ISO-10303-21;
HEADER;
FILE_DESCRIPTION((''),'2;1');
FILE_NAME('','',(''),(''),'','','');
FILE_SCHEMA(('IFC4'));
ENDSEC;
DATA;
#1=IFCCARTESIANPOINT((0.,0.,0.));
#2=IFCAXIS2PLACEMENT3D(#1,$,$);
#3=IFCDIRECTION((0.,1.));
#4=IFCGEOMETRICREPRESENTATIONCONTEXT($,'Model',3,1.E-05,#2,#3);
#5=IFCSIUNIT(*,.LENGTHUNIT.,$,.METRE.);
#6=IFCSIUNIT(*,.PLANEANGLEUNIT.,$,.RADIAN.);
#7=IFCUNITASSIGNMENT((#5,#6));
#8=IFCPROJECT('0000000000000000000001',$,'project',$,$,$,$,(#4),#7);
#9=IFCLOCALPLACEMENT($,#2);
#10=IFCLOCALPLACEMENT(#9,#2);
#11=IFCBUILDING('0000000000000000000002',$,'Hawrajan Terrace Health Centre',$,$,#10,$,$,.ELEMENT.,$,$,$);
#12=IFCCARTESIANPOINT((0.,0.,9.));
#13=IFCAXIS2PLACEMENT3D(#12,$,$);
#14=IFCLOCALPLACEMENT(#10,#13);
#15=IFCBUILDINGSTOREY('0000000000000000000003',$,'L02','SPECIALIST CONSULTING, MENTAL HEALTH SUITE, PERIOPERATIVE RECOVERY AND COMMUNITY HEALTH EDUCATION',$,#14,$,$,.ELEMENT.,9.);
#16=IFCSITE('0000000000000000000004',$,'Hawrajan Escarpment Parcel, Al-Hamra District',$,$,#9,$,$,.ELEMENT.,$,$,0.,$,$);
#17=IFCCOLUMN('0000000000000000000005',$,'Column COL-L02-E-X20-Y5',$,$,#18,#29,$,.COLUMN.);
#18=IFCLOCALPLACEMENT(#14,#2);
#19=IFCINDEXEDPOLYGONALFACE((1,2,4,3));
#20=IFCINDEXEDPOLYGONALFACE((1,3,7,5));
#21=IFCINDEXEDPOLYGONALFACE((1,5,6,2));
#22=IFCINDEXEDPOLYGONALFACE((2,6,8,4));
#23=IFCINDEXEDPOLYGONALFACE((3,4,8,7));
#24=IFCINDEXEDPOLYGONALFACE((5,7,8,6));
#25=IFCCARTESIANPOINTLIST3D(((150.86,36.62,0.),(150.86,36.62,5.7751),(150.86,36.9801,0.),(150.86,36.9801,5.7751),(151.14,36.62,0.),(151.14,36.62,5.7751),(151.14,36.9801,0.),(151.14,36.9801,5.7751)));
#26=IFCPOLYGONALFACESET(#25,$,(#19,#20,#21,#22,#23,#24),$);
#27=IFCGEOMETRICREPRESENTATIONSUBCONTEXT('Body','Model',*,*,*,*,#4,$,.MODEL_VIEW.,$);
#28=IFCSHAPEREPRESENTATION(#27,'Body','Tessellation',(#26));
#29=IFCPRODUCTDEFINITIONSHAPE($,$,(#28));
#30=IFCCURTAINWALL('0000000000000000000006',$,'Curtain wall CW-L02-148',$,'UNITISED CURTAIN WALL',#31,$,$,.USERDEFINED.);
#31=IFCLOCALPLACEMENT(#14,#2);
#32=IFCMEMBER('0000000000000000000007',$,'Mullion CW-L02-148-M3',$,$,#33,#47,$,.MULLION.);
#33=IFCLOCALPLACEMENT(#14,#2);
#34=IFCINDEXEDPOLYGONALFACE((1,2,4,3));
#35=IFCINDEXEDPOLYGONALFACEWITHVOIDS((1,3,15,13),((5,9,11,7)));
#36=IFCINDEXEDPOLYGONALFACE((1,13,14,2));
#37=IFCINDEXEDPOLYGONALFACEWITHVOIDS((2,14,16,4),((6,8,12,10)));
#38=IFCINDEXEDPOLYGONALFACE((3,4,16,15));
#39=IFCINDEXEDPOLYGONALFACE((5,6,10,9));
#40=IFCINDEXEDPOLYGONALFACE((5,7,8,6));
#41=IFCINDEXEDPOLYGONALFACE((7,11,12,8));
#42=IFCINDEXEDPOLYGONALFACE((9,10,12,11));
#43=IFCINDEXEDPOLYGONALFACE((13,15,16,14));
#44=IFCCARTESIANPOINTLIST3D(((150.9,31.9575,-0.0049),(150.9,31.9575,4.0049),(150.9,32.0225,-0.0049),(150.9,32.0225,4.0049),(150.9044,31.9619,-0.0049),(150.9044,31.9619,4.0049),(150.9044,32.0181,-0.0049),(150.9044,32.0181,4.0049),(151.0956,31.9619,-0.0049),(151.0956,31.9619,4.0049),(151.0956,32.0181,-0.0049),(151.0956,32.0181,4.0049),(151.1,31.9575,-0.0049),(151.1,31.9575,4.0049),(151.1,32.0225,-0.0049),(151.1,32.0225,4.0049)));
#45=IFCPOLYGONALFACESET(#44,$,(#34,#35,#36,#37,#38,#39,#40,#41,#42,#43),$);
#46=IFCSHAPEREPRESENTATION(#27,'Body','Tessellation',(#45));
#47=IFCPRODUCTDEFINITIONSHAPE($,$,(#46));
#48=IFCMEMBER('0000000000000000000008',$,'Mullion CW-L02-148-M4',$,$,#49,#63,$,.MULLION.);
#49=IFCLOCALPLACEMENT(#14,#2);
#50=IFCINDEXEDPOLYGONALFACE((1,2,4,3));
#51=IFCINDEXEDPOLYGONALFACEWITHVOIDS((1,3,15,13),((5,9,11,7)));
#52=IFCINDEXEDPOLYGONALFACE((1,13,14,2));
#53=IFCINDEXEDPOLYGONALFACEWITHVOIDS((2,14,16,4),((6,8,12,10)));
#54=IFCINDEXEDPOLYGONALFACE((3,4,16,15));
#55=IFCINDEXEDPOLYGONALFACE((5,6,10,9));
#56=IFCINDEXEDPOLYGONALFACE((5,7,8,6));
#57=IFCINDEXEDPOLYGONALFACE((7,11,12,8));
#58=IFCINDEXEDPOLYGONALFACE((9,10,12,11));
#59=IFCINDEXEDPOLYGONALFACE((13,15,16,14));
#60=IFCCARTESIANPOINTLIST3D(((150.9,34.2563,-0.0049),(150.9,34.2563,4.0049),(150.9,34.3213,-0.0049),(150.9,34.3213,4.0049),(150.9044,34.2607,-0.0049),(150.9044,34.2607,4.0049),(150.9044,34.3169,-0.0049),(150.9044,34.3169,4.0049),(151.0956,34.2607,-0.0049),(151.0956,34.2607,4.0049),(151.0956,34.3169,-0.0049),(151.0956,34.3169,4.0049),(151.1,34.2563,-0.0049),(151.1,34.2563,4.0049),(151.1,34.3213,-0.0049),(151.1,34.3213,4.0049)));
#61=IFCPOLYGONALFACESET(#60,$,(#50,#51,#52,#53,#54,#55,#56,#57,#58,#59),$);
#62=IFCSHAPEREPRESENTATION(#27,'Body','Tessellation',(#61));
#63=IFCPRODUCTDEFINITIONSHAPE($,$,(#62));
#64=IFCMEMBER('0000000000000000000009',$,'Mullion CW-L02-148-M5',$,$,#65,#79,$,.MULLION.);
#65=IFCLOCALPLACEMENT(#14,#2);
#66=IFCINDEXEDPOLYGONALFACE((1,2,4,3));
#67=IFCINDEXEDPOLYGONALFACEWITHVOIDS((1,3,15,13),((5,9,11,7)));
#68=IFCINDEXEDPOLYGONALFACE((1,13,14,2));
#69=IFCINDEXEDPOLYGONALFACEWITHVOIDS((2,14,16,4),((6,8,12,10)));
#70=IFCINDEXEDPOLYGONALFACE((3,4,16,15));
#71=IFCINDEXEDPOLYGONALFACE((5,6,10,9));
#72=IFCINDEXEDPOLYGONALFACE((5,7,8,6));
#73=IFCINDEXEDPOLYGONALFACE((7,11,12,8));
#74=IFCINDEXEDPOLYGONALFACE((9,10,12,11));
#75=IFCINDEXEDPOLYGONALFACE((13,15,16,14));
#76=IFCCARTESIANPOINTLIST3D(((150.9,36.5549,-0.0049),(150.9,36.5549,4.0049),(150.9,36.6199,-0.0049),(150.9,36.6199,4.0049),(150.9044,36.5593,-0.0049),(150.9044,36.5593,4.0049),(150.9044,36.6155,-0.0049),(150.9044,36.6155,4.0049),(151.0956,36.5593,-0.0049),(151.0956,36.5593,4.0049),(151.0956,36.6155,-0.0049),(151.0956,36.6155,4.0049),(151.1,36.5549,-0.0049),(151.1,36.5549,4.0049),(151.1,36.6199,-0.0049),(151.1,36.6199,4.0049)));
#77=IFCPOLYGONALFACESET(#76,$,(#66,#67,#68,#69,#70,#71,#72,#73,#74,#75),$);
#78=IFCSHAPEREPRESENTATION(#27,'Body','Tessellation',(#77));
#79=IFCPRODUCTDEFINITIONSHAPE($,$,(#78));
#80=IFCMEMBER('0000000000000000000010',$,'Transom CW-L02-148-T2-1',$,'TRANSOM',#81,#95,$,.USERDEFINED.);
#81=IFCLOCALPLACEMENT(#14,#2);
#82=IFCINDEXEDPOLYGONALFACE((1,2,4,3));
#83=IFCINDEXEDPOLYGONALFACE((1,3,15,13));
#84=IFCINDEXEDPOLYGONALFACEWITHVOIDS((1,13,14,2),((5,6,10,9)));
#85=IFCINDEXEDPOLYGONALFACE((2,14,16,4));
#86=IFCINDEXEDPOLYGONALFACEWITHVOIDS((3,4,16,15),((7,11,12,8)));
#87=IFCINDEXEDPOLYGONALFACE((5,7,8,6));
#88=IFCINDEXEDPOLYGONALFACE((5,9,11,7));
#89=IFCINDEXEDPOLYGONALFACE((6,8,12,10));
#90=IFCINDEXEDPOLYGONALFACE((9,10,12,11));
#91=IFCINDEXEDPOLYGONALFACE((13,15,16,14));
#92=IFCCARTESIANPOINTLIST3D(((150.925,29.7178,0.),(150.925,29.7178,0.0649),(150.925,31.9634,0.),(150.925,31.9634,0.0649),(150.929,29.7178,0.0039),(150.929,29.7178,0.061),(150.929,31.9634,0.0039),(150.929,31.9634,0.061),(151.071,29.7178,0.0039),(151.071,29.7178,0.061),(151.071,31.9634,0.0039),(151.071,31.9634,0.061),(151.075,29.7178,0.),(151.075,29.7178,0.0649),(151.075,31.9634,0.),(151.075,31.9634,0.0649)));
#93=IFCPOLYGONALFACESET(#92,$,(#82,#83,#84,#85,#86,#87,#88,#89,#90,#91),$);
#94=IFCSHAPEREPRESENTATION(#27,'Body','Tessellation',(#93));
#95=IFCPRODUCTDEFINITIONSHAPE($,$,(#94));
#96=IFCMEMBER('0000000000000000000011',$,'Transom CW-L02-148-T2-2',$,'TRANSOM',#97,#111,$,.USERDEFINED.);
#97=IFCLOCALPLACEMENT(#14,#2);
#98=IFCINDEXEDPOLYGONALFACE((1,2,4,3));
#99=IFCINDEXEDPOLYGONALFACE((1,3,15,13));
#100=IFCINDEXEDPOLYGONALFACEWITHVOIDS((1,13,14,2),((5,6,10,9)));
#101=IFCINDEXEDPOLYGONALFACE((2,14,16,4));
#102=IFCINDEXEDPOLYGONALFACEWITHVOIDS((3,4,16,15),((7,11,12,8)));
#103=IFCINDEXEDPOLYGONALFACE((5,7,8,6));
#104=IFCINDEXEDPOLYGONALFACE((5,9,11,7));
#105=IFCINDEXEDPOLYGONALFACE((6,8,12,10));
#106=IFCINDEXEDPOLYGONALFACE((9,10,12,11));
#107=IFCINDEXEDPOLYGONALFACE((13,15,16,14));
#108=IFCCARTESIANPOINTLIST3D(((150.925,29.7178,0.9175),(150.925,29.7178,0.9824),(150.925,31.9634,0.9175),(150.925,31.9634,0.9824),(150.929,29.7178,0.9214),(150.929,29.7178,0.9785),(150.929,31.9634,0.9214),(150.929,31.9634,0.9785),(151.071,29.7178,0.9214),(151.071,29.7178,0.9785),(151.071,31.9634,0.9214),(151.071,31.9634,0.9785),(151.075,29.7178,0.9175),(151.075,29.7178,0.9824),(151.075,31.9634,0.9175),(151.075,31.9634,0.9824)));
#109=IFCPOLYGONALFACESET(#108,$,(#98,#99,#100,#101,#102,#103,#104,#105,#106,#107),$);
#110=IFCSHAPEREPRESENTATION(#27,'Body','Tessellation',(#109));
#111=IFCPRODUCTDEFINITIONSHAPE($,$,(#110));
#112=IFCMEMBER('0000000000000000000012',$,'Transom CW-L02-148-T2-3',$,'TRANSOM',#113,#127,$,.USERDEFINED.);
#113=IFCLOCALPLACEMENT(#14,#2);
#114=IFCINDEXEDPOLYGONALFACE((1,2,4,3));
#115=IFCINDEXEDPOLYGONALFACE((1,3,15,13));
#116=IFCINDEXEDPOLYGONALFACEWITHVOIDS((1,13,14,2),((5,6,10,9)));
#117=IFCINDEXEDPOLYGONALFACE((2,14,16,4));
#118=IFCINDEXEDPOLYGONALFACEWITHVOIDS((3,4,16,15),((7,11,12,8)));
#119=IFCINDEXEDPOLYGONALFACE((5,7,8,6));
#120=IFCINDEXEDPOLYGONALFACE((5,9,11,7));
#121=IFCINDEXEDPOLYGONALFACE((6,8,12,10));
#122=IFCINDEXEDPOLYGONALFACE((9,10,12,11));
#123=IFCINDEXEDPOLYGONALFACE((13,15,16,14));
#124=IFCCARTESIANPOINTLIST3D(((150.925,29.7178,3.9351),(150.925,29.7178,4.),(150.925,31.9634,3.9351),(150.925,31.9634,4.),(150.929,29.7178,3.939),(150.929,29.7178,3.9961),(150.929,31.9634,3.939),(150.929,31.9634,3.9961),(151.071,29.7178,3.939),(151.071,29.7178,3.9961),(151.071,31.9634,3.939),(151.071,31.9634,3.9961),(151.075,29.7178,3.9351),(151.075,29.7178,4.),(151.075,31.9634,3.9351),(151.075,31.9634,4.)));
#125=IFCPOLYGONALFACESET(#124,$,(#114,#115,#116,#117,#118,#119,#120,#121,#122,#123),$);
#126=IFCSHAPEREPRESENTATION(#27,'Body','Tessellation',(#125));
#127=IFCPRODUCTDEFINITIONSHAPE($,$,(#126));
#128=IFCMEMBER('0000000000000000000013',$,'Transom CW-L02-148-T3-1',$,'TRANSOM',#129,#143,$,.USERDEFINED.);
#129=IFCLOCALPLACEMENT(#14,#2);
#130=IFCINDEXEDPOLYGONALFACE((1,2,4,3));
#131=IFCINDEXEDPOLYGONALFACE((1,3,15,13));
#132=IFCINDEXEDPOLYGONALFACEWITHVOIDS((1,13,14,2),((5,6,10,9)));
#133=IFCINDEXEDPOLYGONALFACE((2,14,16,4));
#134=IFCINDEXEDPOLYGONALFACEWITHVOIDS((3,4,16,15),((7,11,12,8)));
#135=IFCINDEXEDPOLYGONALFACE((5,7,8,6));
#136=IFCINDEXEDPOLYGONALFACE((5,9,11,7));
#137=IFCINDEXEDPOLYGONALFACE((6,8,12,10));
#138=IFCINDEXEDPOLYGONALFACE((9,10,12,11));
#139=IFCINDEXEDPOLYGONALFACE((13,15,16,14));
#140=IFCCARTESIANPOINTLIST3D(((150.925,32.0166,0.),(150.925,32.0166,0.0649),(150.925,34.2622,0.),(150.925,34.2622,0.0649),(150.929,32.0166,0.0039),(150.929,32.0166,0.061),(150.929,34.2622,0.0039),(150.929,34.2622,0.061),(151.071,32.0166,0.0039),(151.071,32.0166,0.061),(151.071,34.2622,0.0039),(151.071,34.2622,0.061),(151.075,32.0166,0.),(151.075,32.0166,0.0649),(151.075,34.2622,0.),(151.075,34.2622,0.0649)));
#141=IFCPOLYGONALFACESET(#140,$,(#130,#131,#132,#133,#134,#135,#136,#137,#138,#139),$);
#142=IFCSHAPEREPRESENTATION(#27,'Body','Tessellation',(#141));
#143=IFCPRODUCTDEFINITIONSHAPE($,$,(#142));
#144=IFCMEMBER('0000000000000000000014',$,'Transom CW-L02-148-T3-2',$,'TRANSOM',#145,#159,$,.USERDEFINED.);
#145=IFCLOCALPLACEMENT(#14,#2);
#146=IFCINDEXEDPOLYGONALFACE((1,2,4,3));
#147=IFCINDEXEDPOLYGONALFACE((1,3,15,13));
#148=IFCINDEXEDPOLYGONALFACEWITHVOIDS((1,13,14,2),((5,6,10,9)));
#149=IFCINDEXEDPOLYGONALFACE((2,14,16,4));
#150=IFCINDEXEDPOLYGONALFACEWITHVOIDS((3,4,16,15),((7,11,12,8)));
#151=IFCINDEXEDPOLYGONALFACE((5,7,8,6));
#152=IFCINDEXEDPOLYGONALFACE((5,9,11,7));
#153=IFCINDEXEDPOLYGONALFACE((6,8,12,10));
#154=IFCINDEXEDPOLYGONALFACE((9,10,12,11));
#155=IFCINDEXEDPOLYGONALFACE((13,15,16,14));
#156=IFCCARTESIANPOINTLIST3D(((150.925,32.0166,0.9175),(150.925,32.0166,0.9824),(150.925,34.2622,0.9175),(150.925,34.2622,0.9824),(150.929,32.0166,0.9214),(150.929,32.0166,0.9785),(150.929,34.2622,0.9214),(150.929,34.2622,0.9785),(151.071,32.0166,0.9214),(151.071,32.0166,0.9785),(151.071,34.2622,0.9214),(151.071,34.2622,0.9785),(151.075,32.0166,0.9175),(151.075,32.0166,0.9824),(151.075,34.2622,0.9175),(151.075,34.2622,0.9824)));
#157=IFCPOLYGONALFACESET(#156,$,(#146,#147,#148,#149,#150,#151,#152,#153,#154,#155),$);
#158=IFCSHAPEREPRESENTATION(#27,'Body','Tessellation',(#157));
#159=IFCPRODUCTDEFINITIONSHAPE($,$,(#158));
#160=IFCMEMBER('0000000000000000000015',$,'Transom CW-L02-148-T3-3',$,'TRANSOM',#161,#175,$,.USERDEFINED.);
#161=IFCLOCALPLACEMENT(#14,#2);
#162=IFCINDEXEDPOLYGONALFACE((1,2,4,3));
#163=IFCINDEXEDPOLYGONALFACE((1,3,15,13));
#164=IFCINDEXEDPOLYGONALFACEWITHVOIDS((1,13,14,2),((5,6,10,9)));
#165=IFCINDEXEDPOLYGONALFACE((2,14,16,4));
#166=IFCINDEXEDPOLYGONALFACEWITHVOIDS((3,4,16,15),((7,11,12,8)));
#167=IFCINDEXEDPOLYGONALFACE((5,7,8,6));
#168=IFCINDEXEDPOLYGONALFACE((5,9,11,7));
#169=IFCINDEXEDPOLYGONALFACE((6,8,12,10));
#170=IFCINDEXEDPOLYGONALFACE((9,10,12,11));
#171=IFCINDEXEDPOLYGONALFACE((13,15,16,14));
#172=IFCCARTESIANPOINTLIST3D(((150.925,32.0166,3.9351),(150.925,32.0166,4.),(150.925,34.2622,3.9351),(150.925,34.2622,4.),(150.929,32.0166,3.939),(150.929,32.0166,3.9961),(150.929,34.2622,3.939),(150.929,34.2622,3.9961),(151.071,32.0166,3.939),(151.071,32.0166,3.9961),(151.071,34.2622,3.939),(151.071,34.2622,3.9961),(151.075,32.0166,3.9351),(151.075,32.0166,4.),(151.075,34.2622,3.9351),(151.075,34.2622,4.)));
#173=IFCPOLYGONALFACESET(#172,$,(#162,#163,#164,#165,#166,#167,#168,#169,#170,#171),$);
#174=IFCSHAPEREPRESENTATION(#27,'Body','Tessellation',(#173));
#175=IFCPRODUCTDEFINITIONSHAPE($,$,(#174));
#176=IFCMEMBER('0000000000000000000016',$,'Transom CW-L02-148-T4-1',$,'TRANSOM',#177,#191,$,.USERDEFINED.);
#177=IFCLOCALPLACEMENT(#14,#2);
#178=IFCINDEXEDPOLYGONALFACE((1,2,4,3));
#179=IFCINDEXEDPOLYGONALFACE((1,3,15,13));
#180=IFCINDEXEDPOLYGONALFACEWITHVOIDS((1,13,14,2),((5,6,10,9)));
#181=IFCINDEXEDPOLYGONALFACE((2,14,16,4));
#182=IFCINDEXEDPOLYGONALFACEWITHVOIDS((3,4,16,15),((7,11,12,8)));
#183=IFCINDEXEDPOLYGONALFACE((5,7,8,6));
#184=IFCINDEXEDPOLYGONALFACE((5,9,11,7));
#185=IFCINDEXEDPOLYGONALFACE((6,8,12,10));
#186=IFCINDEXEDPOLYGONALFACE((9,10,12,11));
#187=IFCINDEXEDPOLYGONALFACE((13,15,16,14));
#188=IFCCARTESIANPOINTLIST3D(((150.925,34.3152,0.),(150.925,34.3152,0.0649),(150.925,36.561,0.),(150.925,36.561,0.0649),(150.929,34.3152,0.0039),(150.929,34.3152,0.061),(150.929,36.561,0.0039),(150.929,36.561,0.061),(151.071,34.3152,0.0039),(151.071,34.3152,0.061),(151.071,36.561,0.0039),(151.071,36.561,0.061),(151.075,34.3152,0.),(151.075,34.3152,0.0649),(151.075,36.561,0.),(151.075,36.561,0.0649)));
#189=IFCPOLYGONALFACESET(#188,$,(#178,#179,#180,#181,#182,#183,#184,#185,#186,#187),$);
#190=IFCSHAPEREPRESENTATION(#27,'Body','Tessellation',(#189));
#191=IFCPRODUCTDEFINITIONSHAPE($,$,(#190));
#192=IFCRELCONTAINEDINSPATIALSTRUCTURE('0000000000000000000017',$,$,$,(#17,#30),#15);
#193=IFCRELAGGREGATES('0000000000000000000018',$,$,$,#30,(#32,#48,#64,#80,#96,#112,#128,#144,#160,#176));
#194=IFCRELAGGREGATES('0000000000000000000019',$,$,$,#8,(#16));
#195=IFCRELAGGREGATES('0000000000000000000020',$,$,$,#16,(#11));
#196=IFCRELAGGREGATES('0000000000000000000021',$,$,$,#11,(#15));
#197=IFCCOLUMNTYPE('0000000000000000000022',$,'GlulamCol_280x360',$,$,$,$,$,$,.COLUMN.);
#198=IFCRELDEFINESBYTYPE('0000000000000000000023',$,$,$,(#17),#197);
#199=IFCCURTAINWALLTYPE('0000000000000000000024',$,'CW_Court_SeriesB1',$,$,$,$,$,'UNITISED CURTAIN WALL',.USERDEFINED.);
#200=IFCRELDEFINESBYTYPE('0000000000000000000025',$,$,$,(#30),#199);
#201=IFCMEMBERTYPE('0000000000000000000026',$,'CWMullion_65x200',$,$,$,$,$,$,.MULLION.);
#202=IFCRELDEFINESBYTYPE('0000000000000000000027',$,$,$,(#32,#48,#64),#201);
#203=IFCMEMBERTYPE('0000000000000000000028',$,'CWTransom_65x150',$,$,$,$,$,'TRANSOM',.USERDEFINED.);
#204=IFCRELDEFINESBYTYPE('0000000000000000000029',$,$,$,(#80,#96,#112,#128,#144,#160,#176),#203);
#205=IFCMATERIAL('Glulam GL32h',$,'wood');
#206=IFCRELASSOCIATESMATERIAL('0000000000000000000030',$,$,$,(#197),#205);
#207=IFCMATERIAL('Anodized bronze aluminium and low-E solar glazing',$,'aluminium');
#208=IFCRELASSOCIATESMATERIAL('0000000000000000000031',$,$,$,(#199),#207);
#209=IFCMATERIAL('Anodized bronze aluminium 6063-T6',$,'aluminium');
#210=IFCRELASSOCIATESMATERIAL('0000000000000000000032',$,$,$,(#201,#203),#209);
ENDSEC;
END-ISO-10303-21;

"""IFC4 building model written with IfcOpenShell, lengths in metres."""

from ifc_helpers import new_model, si_unit, direction, frame, origin, origin_2d, place, context, subcontext, project, spatial, rectangle, hollow_rectangle, extrude, material, material_profile, profile_set, type_object, element, aggregate, save


model = new_model("IFC4")

# Units and contexts
model_context = context("Model", 3, precision=1e-05, world=origin(), true_north=direction((0.0, 1.0)))
body_context = subcontext(model_context, "Body", "Model", "MODEL_VIEW")
ifc_project = project(units=[si_unit("LENGTHUNIT", "METRE"), si_unit("PLANEANGLEUNIT", "RADIAN")], contexts=[model_context])

# Site, building, storey
site_placement = place(None, origin())
site = spatial("IfcSite", under=ifc_project, at=site_placement, Name="Hawrajan Escarpment Parcel, Al-Hamra District", CompositionType="ELEMENT", RefElevation=0.0)
building_placement = place(site_placement, origin())
building = spatial("IfcBuilding", under=site, at=building_placement, Name="Hawrajan Terrace Health Centre", CompositionType="ELEMENT")
storey_placement = place(building_placement, frame((0.0, 0.0, 9.0)))
storey = spatial("IfcBuildingStorey", under=building, at=storey_placement, Name="L02", Description="SPECIALIST CONSULTING, MENTAL HEALTH SUITE, PERIOPERATIVE RECOVERY AND COMMUNITY HEALTH EDUCATION", CompositionType="ELEMENT", Elevation=9.0)

# Column
ifc_material_1 = material(Name="Glulam GL32h", Category="wood")
ifc_material_profile_1 = material_profile(ifc_material_1, rectangle(XDim=0.28, YDim=0.3601, at=origin_2d()), Name="GL 280x360")
ifc_profile_set_1 = profile_set([ifc_material_profile_1], Name="Glulam GL32h")
column_type = type_object("IfcColumnType", Name="GlulamCol_280x360", PredefinedType="COLUMN", material=ifc_profile_set_1)
column_placement = place(storey_placement, frame((151.0, 36.8, 0.0), z_axis=(0.0, 0.0, 1.0), x_axis=(1.0, 0.0, 0.0)))
element("IfcColumn", 1, at=column_placement, inside=storey, type_object=column_type, Name="Column COL-L02-E-X20-Y5", PredefinedType="COLUMN", context=body_context, shape_type="SweptSolid", body=[
    extrude(rectangle(XDim=0.28, YDim=0.3601, at=origin_2d()), origin(), (0.0, 0.0, 1.0), 5.7751),
])

# Curtain wall, members
ifc_material_2 = material(Name="Anodized bronze aluminium and low-E solar glazing", Category="aluminium")
curtain_wall_type = type_object("IfcCurtainWallType", Name="CW_Court_SeriesB1", ElementType="UNITISED CURTAIN WALL", PredefinedType="USERDEFINED", material=ifc_material_2)
curtain_wall_placement = place(storey_placement, origin())
curtain_wall = element("IfcCurtainWall", 2, at=curtain_wall_placement, inside=storey, type_object=curtain_wall_type, Name="Curtain wall CW-L02-148", ObjectType="UNITISED CURTAIN WALL", PredefinedType="USERDEFINED")
ifc_material_3 = material(Name="Anodized bronze aluminium 6063-T6", Category="aluminium")
ifc_material_profile_2 = material_profile(ifc_material_3, hollow_rectangle(XDim=0.0649, YDim=0.2, WallThickness=0.0044, at=origin_2d()), Name="CW MUL 65x200")
ifc_profile_set_2 = profile_set([ifc_material_profile_2], Name="Anodized bronze aluminium 6063-T6")
member_type_1 = type_object("IfcMemberType", Name="CWMullion_65x200", PredefinedType="MULLION", material=ifc_profile_set_2)
member_1_placement = place(storey_placement, frame((151.0, 31.99, -0.0049), z_axis=(0.0, 0.0, 1.0), x_axis=(0.0, 1.0, 0.0)))
member_1 = element("IfcMember", 3, at=member_1_placement, type_object=member_type_1, Name="Mullion CW-L02-148-M3", PredefinedType="MULLION", context=body_context, shape_type="SweptSolid", body=[
    extrude(hollow_rectangle(XDim=0.0649, YDim=0.2, WallThickness=0.0044, at=origin_2d()), origin(), (0.0, 0.0, 1.0), 4.0098),
])
member_2_placement = place(storey_placement, frame((151.0, 34.2888, -0.0049), z_axis=(0.0, 0.0, 1.0), x_axis=(0.0, 1.0, 0.0)))
member_2 = element("IfcMember", 4, at=member_2_placement, type_object=member_type_1, Name="Mullion CW-L02-148-M4", PredefinedType="MULLION", context=body_context, shape_type="SweptSolid", body=[
    extrude(hollow_rectangle(XDim=0.0649, YDim=0.2, WallThickness=0.0044, at=origin_2d()), origin(), (0.0, 0.0, 1.0), 4.0098),
])
member_3_placement = place(storey_placement, frame((151.0, 36.5874, -0.0049), z_axis=(0.0, 0.0, 1.0), x_axis=(0.0, 1.0, 0.0)))
member_3 = element("IfcMember", 5, at=member_3_placement, type_object=member_type_1, Name="Mullion CW-L02-148-M5", PredefinedType="MULLION", context=body_context, shape_type="SweptSolid", body=[
    extrude(hollow_rectangle(XDim=0.0649, YDim=0.2, WallThickness=0.0044, at=origin_2d()), origin(), (0.0, 0.0, 1.0), 4.0098),
])
ifc_material_profile_3 = material_profile(ifc_material_3, hollow_rectangle(XDim=0.0649, YDim=0.1499, WallThickness=0.0039, at=origin_2d()), Name="CW TRN 65x150")
ifc_profile_set_3 = profile_set([ifc_material_profile_3], Name="Anodized bronze aluminium 6063-T6")
member_type_2 = type_object("IfcMemberType", Name="CWTransom_65x150", ElementType="TRANSOM", PredefinedType="USERDEFINED", material=ifc_profile_set_3)
member_4_placement = place(storey_placement, frame((151.0, 29.7178, 0.0325), z_axis=(0.0, 1.0, 0.0), x_axis=(0.0, 0.0, 1.0)))
member_4 = element("IfcMember", 6, at=member_4_placement, type_object=member_type_2, Name="Transom CW-L02-148-T2-1", ObjectType="TRANSOM", PredefinedType="USERDEFINED", context=body_context, shape_type="SweptSolid", body=[
    extrude(hollow_rectangle(XDim=0.0649, YDim=0.1499, WallThickness=0.0039, at=origin_2d()), origin(), (0.0, 0.0, 1.0), 2.2456),
])
member_5_placement = place(storey_placement, frame((151.0, 29.7178, 0.95), z_axis=(0.0, 1.0, 0.0), x_axis=(0.0, 0.0, 1.0)))
member_5 = element("IfcMember", 7, at=member_5_placement, type_object=member_type_2, Name="Transom CW-L02-148-T2-2", ObjectType="TRANSOM", PredefinedType="USERDEFINED", context=body_context, shape_type="SweptSolid", body=[
    extrude(hollow_rectangle(XDim=0.0649, YDim=0.1499, WallThickness=0.0039, at=origin_2d()), origin(), (0.0, 0.0, 1.0), 2.2456),
])
member_6_placement = place(storey_placement, frame((151.0, 29.7178, 3.9675), z_axis=(0.0, 1.0, 0.0), x_axis=(0.0, 0.0, 1.0)))
member_6 = element("IfcMember", 8, at=member_6_placement, type_object=member_type_2, Name="Transom CW-L02-148-T2-3", ObjectType="TRANSOM", PredefinedType="USERDEFINED", context=body_context, shape_type="SweptSolid", body=[
    extrude(hollow_rectangle(XDim=0.0649, YDim=0.1499, WallThickness=0.0039, at=origin_2d()), origin(), (0.0, 0.0, 1.0), 2.2456),
])
member_7_placement = place(storey_placement, frame((151.0, 32.0166, 0.0325), z_axis=(0.0, 1.0, 0.0), x_axis=(0.0, 0.0, 1.0)))
member_7 = element("IfcMember", 9, at=member_7_placement, type_object=member_type_2, Name="Transom CW-L02-148-T3-1", ObjectType="TRANSOM", PredefinedType="USERDEFINED", context=body_context, shape_type="SweptSolid", body=[
    extrude(hollow_rectangle(XDim=0.0649, YDim=0.1499, WallThickness=0.0039, at=origin_2d()), origin(), (0.0, 0.0, 1.0), 2.2456),
])
member_8_placement = place(storey_placement, frame((151.0, 32.0166, 0.95), z_axis=(0.0, 1.0, 0.0), x_axis=(0.0, 0.0, 1.0)))
member_8 = element("IfcMember", 10, at=member_8_placement, type_object=member_type_2, Name="Transom CW-L02-148-T3-2", ObjectType="TRANSOM", PredefinedType="USERDEFINED", context=body_context, shape_type="SweptSolid", body=[
    extrude(hollow_rectangle(XDim=0.0649, YDim=0.1499, WallThickness=0.0039, at=origin_2d()), origin(), (0.0, 0.0, 1.0), 2.2456),
])
member_9_placement = place(storey_placement, frame((151.0, 32.0166, 3.9675), z_axis=(0.0, 1.0, 0.0), x_axis=(0.0, 0.0, 1.0)))
member_9 = element("IfcMember", 11, at=member_9_placement, type_object=member_type_2, Name="Transom CW-L02-148-T3-3", ObjectType="TRANSOM", PredefinedType="USERDEFINED", context=body_context, shape_type="SweptSolid", body=[
    extrude(hollow_rectangle(XDim=0.0649, YDim=0.1499, WallThickness=0.0039, at=origin_2d()), origin(), (0.0, 0.0, 1.0), 2.2456),
])
member_10_placement = place(storey_placement, frame((151.0, 34.3152, 0.0325), z_axis=(0.0, 1.0, 0.0), x_axis=(0.0, 0.0, 1.0)))
member_10 = element("IfcMember", 12, at=member_10_placement, type_object=member_type_2, Name="Transom CW-L02-148-T4-1", ObjectType="TRANSOM", PredefinedType="USERDEFINED", context=body_context, shape_type="SweptSolid", body=[
    extrude(hollow_rectangle(XDim=0.0649, YDim=0.1499, WallThickness=0.0039, at=origin_2d()), origin(), (0.0, 0.0, 1.0), 2.2458),
])

aggregate(curtain_wall, [member_1, member_2, member_3, member_4, member_5, member_6, member_7, member_8, member_9, member_10])

save(model, "model.ifc")
